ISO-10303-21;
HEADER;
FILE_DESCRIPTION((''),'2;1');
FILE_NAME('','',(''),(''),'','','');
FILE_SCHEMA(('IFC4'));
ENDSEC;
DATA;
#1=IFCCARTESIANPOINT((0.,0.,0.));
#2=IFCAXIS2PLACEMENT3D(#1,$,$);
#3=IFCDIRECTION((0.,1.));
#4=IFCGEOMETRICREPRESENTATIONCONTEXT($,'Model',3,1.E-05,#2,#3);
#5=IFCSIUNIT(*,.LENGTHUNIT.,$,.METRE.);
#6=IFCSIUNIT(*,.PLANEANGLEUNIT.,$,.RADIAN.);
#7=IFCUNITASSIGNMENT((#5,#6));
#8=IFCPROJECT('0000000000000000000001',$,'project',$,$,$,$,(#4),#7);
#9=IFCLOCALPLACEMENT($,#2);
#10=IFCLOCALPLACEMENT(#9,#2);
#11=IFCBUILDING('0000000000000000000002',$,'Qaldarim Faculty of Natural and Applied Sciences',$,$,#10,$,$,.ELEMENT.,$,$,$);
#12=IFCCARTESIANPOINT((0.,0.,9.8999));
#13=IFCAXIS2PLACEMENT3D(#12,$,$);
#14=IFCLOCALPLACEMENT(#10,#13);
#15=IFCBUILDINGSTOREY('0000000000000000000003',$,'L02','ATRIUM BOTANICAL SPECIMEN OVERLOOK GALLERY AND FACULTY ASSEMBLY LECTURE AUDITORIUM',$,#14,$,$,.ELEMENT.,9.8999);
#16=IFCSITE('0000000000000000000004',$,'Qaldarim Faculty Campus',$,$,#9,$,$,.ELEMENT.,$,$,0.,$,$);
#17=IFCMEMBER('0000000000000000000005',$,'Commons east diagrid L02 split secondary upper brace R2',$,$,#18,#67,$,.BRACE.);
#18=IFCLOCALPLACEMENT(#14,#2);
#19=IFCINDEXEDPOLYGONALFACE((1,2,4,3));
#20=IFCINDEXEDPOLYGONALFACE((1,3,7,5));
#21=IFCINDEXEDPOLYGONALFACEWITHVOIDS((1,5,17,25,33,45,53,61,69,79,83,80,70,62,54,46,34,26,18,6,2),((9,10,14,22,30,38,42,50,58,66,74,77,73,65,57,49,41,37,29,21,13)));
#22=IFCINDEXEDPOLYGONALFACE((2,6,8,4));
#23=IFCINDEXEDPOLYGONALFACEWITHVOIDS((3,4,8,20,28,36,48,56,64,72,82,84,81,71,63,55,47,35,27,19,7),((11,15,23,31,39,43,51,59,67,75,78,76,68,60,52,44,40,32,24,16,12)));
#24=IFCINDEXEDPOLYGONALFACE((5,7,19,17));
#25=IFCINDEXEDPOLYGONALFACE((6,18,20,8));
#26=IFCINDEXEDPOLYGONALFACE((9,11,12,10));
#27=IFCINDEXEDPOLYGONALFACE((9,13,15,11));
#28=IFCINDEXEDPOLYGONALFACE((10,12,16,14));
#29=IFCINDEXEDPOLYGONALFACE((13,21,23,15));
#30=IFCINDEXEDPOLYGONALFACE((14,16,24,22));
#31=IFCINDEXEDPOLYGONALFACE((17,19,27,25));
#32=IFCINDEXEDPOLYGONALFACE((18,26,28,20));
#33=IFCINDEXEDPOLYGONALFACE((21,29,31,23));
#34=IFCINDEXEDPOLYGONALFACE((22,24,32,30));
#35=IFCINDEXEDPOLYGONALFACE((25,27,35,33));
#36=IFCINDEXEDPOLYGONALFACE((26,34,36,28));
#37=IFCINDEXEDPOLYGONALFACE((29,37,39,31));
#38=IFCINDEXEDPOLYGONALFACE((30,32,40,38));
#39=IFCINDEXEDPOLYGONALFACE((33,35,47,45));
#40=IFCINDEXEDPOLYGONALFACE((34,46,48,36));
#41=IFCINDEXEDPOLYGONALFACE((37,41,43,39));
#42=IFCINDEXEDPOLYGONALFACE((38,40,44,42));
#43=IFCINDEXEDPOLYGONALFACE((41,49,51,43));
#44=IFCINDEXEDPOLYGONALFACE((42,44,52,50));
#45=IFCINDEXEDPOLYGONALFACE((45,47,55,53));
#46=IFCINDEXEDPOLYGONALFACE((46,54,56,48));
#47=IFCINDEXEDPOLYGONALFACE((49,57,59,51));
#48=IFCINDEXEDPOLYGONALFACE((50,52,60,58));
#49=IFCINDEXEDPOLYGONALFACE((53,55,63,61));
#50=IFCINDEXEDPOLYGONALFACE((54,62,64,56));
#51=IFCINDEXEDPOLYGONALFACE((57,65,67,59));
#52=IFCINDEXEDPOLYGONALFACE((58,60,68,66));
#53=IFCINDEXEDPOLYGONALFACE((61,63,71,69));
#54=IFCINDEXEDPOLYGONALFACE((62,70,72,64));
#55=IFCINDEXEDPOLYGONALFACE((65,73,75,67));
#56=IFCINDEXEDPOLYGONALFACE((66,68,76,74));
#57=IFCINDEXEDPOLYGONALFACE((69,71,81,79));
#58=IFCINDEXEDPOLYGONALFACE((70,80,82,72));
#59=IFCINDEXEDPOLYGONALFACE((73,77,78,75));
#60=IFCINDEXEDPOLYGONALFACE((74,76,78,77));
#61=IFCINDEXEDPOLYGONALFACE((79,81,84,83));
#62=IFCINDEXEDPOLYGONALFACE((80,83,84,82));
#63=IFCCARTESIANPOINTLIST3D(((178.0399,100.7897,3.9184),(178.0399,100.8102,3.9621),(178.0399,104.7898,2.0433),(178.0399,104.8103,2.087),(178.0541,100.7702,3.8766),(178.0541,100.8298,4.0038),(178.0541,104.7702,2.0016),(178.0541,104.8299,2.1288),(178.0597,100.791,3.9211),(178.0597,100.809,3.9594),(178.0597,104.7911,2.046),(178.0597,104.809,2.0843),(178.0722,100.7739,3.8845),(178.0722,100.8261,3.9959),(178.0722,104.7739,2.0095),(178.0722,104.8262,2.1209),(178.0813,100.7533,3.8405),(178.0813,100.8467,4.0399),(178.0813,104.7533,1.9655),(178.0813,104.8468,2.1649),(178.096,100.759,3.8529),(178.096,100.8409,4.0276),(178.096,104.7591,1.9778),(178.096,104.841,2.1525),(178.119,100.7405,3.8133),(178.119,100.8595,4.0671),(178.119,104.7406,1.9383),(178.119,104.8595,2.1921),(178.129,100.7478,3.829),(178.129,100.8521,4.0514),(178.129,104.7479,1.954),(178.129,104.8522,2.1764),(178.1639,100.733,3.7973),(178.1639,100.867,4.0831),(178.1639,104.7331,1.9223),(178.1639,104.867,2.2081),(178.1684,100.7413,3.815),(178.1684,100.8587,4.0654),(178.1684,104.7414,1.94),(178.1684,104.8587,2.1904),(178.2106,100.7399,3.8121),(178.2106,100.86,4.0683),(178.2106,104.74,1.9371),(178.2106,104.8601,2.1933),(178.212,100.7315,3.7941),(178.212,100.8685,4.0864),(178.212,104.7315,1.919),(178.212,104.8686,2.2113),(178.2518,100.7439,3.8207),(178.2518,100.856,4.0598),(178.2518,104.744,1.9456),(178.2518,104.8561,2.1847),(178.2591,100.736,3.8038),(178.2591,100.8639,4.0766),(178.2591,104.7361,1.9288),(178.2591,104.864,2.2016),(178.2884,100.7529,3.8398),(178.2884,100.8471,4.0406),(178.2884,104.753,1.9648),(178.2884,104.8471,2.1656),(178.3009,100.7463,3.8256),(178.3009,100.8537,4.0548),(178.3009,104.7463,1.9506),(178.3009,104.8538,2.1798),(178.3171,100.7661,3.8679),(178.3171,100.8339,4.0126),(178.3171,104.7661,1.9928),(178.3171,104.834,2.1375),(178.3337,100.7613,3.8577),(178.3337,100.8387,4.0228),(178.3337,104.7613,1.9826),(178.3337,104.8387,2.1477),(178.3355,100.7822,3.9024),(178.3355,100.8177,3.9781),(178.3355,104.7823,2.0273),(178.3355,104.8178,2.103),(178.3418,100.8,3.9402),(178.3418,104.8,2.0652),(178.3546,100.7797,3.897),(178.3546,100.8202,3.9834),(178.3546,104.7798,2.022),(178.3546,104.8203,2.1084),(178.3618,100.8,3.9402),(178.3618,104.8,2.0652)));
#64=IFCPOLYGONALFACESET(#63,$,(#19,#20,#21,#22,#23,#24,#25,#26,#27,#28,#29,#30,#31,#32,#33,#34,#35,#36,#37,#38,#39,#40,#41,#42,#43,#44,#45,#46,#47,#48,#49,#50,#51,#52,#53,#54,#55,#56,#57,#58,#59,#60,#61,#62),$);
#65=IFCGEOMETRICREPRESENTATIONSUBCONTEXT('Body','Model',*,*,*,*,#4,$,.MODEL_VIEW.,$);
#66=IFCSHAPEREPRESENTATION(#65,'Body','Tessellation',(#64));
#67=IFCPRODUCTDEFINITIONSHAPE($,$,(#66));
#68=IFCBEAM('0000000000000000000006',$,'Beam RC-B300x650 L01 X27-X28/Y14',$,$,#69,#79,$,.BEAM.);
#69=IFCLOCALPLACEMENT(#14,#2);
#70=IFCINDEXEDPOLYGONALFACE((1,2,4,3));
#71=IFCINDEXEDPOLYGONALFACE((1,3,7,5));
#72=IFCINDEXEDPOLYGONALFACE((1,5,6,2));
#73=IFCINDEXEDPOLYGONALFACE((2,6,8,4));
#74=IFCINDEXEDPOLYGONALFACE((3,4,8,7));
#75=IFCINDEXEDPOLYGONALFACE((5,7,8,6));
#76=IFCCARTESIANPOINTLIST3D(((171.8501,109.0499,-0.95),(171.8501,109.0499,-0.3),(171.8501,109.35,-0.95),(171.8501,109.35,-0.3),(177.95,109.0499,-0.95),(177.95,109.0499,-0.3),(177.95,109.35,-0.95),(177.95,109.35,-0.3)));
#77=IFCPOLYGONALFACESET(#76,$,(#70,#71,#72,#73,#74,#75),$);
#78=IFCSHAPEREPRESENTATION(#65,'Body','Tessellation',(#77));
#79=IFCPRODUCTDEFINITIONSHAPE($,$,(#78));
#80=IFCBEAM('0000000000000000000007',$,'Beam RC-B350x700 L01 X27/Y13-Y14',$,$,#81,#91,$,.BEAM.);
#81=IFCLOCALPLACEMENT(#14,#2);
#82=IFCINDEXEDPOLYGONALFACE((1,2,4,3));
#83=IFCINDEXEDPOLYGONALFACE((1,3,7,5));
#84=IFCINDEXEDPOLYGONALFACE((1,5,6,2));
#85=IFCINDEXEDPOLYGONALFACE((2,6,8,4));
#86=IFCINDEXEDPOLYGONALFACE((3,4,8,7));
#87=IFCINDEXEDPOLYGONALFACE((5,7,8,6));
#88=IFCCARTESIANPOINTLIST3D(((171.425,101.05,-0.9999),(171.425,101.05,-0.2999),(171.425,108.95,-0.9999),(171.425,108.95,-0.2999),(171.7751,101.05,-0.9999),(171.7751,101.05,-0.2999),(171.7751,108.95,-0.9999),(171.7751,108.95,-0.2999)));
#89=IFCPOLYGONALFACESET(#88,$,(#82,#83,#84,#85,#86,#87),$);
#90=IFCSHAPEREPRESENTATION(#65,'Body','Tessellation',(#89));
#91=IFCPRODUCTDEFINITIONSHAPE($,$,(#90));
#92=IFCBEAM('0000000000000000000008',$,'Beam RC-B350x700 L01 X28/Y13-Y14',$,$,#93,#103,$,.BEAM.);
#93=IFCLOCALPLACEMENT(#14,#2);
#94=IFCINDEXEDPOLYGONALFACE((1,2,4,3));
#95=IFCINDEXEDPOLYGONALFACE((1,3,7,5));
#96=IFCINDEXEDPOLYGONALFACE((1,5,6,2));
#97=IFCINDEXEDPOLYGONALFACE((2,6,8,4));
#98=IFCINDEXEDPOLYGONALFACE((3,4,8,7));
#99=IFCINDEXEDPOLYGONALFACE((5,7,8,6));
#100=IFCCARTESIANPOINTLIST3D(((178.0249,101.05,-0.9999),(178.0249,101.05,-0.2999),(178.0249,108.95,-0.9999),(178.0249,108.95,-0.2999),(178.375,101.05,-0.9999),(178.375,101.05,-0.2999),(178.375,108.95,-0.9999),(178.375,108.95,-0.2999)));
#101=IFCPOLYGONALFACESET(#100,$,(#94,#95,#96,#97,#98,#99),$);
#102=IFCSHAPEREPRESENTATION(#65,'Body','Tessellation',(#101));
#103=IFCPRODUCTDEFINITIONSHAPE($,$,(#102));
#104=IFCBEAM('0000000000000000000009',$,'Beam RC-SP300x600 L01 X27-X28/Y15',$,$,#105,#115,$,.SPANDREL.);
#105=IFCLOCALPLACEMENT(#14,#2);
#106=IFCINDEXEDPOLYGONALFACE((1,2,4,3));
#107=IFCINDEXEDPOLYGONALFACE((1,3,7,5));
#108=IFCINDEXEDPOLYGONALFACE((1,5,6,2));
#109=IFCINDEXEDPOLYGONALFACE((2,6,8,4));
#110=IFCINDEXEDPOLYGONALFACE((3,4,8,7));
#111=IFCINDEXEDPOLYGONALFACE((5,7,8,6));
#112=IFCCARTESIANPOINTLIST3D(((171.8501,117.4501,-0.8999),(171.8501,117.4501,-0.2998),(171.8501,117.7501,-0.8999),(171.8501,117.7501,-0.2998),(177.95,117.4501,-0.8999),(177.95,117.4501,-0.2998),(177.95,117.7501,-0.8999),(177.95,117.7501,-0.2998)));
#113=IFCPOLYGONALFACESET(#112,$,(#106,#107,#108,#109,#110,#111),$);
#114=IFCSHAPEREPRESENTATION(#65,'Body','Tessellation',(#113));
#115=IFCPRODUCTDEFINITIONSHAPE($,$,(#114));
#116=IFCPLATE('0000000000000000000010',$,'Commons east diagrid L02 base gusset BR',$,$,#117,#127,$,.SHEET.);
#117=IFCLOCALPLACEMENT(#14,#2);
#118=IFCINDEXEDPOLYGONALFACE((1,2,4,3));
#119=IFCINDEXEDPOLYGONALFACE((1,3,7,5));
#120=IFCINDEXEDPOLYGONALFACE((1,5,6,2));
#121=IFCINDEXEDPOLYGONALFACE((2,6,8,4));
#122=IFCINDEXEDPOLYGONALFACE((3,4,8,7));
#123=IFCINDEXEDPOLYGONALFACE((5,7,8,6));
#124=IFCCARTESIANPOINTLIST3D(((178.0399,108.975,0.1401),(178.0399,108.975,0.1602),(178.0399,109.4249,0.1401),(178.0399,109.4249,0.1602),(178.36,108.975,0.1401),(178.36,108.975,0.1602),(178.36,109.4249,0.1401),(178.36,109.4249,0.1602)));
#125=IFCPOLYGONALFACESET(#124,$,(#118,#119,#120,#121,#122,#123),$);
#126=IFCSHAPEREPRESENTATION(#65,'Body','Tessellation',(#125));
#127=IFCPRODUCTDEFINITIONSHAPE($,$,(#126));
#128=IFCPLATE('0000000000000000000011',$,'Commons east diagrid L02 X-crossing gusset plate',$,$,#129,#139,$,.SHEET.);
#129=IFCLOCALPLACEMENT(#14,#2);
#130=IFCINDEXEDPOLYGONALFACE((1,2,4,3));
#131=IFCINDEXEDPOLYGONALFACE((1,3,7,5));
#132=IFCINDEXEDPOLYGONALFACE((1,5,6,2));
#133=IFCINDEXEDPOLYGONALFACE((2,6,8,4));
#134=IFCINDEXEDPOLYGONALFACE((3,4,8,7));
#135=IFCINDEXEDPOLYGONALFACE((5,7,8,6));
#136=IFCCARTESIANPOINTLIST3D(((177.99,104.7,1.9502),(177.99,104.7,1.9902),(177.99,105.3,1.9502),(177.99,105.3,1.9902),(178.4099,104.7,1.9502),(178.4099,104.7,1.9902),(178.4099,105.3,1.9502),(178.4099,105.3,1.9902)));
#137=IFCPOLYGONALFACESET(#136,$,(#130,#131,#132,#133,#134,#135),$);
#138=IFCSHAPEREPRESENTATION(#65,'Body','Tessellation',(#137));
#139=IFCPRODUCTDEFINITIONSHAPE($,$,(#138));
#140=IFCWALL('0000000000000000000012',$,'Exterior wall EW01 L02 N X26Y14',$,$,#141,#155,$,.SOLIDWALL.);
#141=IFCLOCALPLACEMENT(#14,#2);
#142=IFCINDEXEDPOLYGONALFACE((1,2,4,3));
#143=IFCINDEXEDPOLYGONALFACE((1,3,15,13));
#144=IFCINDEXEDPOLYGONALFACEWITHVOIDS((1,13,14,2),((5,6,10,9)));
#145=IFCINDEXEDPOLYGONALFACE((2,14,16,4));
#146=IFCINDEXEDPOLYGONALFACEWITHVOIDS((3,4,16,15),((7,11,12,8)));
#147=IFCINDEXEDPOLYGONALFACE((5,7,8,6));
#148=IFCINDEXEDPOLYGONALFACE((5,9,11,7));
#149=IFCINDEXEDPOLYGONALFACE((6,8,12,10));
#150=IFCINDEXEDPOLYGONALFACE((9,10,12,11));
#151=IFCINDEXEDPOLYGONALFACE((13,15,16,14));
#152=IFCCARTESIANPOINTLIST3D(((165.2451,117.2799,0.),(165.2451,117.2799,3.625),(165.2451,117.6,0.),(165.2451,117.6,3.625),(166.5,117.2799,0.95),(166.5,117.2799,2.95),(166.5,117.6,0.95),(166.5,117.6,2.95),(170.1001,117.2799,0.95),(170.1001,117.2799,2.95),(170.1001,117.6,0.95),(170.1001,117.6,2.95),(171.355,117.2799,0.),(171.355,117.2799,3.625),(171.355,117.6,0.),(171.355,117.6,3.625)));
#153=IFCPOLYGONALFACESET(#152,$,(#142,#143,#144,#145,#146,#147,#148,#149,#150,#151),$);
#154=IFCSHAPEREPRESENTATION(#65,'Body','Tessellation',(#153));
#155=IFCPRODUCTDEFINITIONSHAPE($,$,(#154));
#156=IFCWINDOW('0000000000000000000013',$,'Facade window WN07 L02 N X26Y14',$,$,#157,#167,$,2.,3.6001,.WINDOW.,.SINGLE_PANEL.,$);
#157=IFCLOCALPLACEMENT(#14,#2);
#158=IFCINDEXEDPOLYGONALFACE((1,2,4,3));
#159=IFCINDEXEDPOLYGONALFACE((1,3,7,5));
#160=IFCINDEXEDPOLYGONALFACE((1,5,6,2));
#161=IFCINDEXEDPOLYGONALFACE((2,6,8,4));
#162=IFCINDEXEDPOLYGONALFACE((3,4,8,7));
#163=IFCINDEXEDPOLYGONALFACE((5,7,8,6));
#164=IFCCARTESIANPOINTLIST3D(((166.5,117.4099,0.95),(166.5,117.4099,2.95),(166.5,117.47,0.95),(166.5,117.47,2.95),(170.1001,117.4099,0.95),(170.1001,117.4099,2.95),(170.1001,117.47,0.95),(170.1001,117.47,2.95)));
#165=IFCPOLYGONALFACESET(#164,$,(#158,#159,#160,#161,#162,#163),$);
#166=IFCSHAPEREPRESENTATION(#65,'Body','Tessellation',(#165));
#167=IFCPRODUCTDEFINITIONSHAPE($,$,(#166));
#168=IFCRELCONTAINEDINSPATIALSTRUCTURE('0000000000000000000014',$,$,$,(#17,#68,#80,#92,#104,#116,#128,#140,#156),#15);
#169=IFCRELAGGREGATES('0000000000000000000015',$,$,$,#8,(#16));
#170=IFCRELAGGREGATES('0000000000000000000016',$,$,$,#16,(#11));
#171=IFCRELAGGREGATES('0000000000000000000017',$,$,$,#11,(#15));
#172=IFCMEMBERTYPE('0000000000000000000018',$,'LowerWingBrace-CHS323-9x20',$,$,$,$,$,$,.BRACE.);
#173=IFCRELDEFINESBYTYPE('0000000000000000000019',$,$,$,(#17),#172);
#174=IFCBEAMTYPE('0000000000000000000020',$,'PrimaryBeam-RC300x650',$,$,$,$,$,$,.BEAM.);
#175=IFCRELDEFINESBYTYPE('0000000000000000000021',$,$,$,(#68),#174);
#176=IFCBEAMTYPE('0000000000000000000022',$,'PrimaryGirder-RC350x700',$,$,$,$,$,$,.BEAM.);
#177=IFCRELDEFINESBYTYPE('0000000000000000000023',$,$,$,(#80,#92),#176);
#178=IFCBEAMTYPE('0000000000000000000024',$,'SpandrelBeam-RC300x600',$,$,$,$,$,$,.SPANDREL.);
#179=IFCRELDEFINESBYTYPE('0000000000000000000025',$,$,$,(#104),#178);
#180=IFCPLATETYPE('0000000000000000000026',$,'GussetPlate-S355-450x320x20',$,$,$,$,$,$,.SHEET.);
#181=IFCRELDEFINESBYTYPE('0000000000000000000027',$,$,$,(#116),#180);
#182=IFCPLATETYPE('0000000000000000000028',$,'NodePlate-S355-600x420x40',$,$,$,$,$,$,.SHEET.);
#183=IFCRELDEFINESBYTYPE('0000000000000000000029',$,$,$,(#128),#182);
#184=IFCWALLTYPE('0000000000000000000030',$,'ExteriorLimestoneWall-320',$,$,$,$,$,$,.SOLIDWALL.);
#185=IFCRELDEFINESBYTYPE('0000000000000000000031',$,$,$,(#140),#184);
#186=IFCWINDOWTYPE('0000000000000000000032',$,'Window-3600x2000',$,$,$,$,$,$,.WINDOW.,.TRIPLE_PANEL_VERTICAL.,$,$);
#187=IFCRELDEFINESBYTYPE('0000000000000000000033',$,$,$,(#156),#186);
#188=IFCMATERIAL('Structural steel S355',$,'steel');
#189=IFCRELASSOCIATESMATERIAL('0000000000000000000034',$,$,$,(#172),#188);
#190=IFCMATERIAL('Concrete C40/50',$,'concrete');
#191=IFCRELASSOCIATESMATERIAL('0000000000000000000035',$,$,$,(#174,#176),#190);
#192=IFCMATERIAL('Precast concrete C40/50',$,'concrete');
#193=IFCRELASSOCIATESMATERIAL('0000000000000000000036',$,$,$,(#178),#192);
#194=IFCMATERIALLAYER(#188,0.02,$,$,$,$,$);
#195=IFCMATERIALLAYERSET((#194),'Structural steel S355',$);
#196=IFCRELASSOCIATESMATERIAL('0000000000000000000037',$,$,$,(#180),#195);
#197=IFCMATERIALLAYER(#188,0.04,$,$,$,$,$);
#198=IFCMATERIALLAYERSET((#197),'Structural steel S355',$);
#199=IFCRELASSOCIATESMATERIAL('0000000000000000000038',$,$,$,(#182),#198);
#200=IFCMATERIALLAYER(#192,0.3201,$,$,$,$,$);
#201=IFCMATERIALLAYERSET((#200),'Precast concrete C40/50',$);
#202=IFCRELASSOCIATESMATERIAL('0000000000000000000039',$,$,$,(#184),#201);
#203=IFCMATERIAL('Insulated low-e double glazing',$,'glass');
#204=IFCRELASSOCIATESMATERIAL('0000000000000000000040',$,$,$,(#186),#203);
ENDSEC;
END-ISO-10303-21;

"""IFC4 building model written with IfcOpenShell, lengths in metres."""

from ifc_helpers import new_model, si_unit, direction, frame, frame_2d, origin, origin_2d, place, context, subcontext, project, spatial, rectangle, hollow_circle, extrude, material, layer, layer_set, material_profile, profile_set, type_object, element, fill, save


model = new_model("IFC4")

# Units and contexts
model_context = context("Model", 3, precision=1e-05, world=origin(), true_north=direction((0.0, 1.0)))
body_context = subcontext(model_context, "Body", "Model", "MODEL_VIEW")
ifc_project = project(units=[si_unit("LENGTHUNIT", "METRE"), si_unit("PLANEANGLEUNIT", "RADIAN")], contexts=[model_context])

# Site, building, storey
site_placement = place(None, origin())
site = spatial("IfcSite", under=ifc_project, at=site_placement, Name="Qaldarim Faculty Campus", CompositionType="ELEMENT", RefElevation=0.0)
building_placement = place(site_placement, origin())
building = spatial("IfcBuilding", under=site, at=building_placement, Name="Qaldarim Faculty of Natural and Applied Sciences", CompositionType="ELEMENT")
storey_placement = place(building_placement, frame((0.0, 0.0, 9.8999)))
storey = spatial("IfcBuildingStorey", under=building, at=storey_placement, Name="L02", Description="ATRIUM BOTANICAL SPECIMEN OVERLOOK GALLERY AND FACULTY ASSEMBLY LECTURE AUDITORIUM", CompositionType="ELEMENT", Elevation=9.8999)

# Shared definitions
ifc_material_1 = material(Name="Concrete C40/50", Category="concrete")

# Member
ifc_material_2 = material(Name="Structural steel S355", Category="steel")
ifc_material_profile_1 = material_profile(ifc_material_2, hollow_circle(Radius=0.1619, WallThickness=0.02, at=origin_2d()), Name="CHS 323.9x20.0")
ifc_profile_set_1 = profile_set([ifc_material_profile_1], Name="Structural steel S355")
member_type = type_object("IfcMemberType", Name="LowerWingBrace-CHS323-9x20", PredefinedType="BRACE", material=ifc_profile_set_1)
for number, where, z_axis, x_axis, name in (
    (1, (178.2, 104.8, 2.0652), (0.0, -0.905459, 0.424434), (1.0, 0.0, 0.0), "Commons east diagrid L02 split secondary upper brace R2"),
):
    element("IfcMember", number, at=place(storey_placement, frame(where, z_axis=z_axis, x_axis=x_axis)), inside=storey, type_object=member_type, Name=name, PredefinedType="BRACE", context=body_context, shape_type="SweptSolid", body=[
        extrude(hollow_circle(Radius=0.1619, WallThickness=0.02, at=origin_2d()), origin(), (0.0, 0.0, 1.0), 4.4177),
    ])

# Beams
ifc_material_profile_2 = material_profile(ifc_material_1, rectangle(XDim=0.3, YDim=0.6499, at=origin_2d()), Name="RC-B300x650")
ifc_profile_set_2 = profile_set([ifc_material_profile_2], Name="Concrete C40/50")
beam_type_1 = type_object("IfcBeamType", Name="PrimaryBeam-RC300x650", PredefinedType="BEAM", material=ifc_profile_set_2)
beam_1_placement = place(storey_placement, frame((171.8501, 109.2, -0.625), z_axis=(1.0, 0.0, 0.0), x_axis=(0.0, 1.0, 0.0)))
element("IfcBeam", 2, at=beam_1_placement, inside=storey, type_object=beam_type_1, Name="Beam RC-B300x650 L01 X27-X28/Y14", PredefinedType="BEAM", context=body_context, shape_type="SweptSolid", body=[
    extrude(rectangle(XDim=0.3, YDim=0.6499, at=origin_2d()), origin(), (0.0, 0.0, 1.0), 6.0999),
])
ifc_material_profile_3 = material_profile(ifc_material_1, rectangle(XDim=0.3501, YDim=0.7, at=origin_2d()), Name="RC-B350x700")
ifc_profile_set_3 = profile_set([ifc_material_profile_3], Name="Concrete C40/50")
beam_type_2 = type_object("IfcBeamType", Name="PrimaryGirder-RC350x700", PredefinedType="BEAM", material=ifc_profile_set_3)
for number, where, z_axis, x_axis, name in (
    (3, (171.6001, 101.05, -0.6499), (0.0, 1.0, 0.0), (-1.0, 0.0, 0.0), "Beam RC-B350x700 L01 X27/Y13-Y14"),
    (4, (178.2, 101.05, -0.6499), (0.0, 1.0, 0.0), (-1.0, 0.0, 0.0), "Beam RC-B350x700 L01 X28/Y13-Y14"),
):
    element("IfcBeam", number, at=place(storey_placement, frame(where, z_axis=z_axis, x_axis=x_axis)), inside=storey, type_object=beam_type_2, Name=name, PredefinedType="BEAM", context=body_context, shape_type="SweptSolid", body=[
        extrude(rectangle(XDim=0.3501, YDim=0.7, at=origin_2d()), origin(), (0.0, 0.0, 1.0), 7.8999),
    ])
ifc_material_3 = material(Name="Precast concrete C40/50", Category="concrete")
ifc_material_profile_4 = material_profile(ifc_material_3, rectangle(XDim=0.3, YDim=0.6001, at=origin_2d()), Name="RC-SP300x600")
ifc_profile_set_4 = profile_set([ifc_material_profile_4], Name="Precast concrete C40/50")
beam_type_3 = type_object("IfcBeamType", Name="SpandrelBeam-RC300x600", PredefinedType="SPANDREL", material=ifc_profile_set_4)
beam_2_placement = place(storey_placement, frame((171.8501, 117.6001, -0.5999), z_axis=(1.0, 0.0, 0.0), x_axis=(0.0, 1.0, 0.0)))
element("IfcBeam", 5, at=beam_2_placement, inside=storey, type_object=beam_type_3, Name="Beam RC-SP300x600 L01 X27-X28/Y15", PredefinedType="SPANDREL", context=body_context, shape_type="SweptSolid", body=[
    extrude(rectangle(XDim=0.3, YDim=0.6001, at=origin_2d()), origin(), (0.0, 0.0, 1.0), 6.0999),
])

# Plates
ifc_layer_1 = layer(ifc_material_2, 0.02)
ifc_layer_set_1 = layer_set([ifc_layer_1], Name="Structural steel S355")
plate_type_1 = type_object("IfcPlateType", Name="GussetPlate-S355-450x320x20", PredefinedType="SHEET", material=ifc_layer_set_1)
plate_1_placement = place(storey_placement, frame((178.2, 109.2, 0.1401), z_axis=(0.0, 0.0, 1.0), x_axis=(0.0, 1.0, 0.0)))
element("IfcPlate", 6, at=plate_1_placement, inside=storey, type_object=plate_type_1, Name="Commons east diagrid L02 base gusset BR", PredefinedType="SHEET", context=body_context, shape_type="SweptSolid", body=[
    extrude(rectangle(XDim=0.45, YDim=0.3201, at=origin_2d()), origin(), (0.0, 0.0, 1.0), 0.02),
])
ifc_layer_2 = layer(ifc_material_2, 0.04)
ifc_layer_set_2 = layer_set([ifc_layer_2], Name="Structural steel S355")
plate_type_2 = type_object("IfcPlateType", Name="NodePlate-S355-600x420x40", PredefinedType="SHEET", material=ifc_layer_set_2)
plate_2_placement = place(storey_placement, frame((178.2, 105.0, 1.9502), z_axis=(0.0, 0.0, 1.0), x_axis=(0.0, 1.0, 0.0)))
element("IfcPlate", 7, at=plate_2_placement, inside=storey, type_object=plate_type_2, Name="Commons east diagrid L02 X-crossing gusset plate", PredefinedType="SHEET", context=body_context, shape_type="SweptSolid", body=[
    extrude(rectangle(XDim=0.6001, YDim=0.4199, at=origin_2d()), origin(), (0.0, 0.0, 1.0), 0.04),
])

# Wall, opening, window
ifc_layer_3 = layer(ifc_material_3, 0.3201)
ifc_layer_set_3 = layer_set([ifc_layer_3], Name="Precast concrete C40/50")
wall_type = type_object("IfcWallType", Name="ExteriorLimestoneWall-320", PredefinedType="SOLIDWALL", material=ifc_layer_set_3)
wall_1_placement = place(storey_placement, frame((171.355, 117.4399, 0.0), z_axis=(0.0, 0.0, 1.0), x_axis=(-1.0, 0.0, 0.0)))
wall_1 = element("IfcWall", 8, at=wall_1_placement, inside=storey, type_object=wall_type, Name="Exterior wall EW01 L02 N X26Y14", PredefinedType="SOLIDWALL", context=body_context, shape_type="SweptSolid", body=[
    extrude(rectangle(XDim=6.1099, YDim=0.3201, at=frame_2d((3.0549, 0.0))), origin(), (0.0, 0.0, 1.0), 3.625),
])
opening_1_placement = place(wall_1_placement, frame((1.2549, 0.0, 0.95)))
opening_1 = element("IfcOpeningElement", 9, at=opening_1_placement, cuts=wall_1, PredefinedType="OPENING", context=body_context, shape_type="SweptSolid", body=[
    extrude(rectangle(XDim=3.6001, YDim=2.0, at=frame_2d((1.8, 1.0))), frame((0.0, 0.1699, 0.0), z_axis=(0.0, -1.0, 0.0), x_axis=(1.0, 0.0, 0.0)), (0.0, 0.0, 1.0), 0.3401),
])
ifc_material_4 = material(Name="Insulated low-e double glazing", Category="glass")
window_type_1 = type_object("IfcWindowType", Name="Window-3600x2000", PartitioningType="TRIPLE_PANEL_VERTICAL", PredefinedType="WINDOW", material=ifc_material_4)
window_1_placement = place(opening_1_placement, origin())
window_1 = element("IfcWindow", 10, at=window_1_placement, inside=storey, type_object=window_type_1, Name="Facade window WN07 L02 N X26Y14", OverallHeight=2.0, OverallWidth=3.6001, PartitioningType="SINGLE_PANEL", PredefinedType="WINDOW", context=body_context, shape_type="SweptSolid", body=[
    extrude(rectangle(XDim=3.6001, YDim=2.0, at=frame_2d((1.8, 1.0))), frame((0.0, 0.03, 0.0), z_axis=(0.0, -1.0, 0.0), x_axis=(1.0, 0.0, 0.0)), (0.0, 0.0, 1.0), 0.0601),
])
fill(opening_1, window_1)

save(model, "model.ifc")
